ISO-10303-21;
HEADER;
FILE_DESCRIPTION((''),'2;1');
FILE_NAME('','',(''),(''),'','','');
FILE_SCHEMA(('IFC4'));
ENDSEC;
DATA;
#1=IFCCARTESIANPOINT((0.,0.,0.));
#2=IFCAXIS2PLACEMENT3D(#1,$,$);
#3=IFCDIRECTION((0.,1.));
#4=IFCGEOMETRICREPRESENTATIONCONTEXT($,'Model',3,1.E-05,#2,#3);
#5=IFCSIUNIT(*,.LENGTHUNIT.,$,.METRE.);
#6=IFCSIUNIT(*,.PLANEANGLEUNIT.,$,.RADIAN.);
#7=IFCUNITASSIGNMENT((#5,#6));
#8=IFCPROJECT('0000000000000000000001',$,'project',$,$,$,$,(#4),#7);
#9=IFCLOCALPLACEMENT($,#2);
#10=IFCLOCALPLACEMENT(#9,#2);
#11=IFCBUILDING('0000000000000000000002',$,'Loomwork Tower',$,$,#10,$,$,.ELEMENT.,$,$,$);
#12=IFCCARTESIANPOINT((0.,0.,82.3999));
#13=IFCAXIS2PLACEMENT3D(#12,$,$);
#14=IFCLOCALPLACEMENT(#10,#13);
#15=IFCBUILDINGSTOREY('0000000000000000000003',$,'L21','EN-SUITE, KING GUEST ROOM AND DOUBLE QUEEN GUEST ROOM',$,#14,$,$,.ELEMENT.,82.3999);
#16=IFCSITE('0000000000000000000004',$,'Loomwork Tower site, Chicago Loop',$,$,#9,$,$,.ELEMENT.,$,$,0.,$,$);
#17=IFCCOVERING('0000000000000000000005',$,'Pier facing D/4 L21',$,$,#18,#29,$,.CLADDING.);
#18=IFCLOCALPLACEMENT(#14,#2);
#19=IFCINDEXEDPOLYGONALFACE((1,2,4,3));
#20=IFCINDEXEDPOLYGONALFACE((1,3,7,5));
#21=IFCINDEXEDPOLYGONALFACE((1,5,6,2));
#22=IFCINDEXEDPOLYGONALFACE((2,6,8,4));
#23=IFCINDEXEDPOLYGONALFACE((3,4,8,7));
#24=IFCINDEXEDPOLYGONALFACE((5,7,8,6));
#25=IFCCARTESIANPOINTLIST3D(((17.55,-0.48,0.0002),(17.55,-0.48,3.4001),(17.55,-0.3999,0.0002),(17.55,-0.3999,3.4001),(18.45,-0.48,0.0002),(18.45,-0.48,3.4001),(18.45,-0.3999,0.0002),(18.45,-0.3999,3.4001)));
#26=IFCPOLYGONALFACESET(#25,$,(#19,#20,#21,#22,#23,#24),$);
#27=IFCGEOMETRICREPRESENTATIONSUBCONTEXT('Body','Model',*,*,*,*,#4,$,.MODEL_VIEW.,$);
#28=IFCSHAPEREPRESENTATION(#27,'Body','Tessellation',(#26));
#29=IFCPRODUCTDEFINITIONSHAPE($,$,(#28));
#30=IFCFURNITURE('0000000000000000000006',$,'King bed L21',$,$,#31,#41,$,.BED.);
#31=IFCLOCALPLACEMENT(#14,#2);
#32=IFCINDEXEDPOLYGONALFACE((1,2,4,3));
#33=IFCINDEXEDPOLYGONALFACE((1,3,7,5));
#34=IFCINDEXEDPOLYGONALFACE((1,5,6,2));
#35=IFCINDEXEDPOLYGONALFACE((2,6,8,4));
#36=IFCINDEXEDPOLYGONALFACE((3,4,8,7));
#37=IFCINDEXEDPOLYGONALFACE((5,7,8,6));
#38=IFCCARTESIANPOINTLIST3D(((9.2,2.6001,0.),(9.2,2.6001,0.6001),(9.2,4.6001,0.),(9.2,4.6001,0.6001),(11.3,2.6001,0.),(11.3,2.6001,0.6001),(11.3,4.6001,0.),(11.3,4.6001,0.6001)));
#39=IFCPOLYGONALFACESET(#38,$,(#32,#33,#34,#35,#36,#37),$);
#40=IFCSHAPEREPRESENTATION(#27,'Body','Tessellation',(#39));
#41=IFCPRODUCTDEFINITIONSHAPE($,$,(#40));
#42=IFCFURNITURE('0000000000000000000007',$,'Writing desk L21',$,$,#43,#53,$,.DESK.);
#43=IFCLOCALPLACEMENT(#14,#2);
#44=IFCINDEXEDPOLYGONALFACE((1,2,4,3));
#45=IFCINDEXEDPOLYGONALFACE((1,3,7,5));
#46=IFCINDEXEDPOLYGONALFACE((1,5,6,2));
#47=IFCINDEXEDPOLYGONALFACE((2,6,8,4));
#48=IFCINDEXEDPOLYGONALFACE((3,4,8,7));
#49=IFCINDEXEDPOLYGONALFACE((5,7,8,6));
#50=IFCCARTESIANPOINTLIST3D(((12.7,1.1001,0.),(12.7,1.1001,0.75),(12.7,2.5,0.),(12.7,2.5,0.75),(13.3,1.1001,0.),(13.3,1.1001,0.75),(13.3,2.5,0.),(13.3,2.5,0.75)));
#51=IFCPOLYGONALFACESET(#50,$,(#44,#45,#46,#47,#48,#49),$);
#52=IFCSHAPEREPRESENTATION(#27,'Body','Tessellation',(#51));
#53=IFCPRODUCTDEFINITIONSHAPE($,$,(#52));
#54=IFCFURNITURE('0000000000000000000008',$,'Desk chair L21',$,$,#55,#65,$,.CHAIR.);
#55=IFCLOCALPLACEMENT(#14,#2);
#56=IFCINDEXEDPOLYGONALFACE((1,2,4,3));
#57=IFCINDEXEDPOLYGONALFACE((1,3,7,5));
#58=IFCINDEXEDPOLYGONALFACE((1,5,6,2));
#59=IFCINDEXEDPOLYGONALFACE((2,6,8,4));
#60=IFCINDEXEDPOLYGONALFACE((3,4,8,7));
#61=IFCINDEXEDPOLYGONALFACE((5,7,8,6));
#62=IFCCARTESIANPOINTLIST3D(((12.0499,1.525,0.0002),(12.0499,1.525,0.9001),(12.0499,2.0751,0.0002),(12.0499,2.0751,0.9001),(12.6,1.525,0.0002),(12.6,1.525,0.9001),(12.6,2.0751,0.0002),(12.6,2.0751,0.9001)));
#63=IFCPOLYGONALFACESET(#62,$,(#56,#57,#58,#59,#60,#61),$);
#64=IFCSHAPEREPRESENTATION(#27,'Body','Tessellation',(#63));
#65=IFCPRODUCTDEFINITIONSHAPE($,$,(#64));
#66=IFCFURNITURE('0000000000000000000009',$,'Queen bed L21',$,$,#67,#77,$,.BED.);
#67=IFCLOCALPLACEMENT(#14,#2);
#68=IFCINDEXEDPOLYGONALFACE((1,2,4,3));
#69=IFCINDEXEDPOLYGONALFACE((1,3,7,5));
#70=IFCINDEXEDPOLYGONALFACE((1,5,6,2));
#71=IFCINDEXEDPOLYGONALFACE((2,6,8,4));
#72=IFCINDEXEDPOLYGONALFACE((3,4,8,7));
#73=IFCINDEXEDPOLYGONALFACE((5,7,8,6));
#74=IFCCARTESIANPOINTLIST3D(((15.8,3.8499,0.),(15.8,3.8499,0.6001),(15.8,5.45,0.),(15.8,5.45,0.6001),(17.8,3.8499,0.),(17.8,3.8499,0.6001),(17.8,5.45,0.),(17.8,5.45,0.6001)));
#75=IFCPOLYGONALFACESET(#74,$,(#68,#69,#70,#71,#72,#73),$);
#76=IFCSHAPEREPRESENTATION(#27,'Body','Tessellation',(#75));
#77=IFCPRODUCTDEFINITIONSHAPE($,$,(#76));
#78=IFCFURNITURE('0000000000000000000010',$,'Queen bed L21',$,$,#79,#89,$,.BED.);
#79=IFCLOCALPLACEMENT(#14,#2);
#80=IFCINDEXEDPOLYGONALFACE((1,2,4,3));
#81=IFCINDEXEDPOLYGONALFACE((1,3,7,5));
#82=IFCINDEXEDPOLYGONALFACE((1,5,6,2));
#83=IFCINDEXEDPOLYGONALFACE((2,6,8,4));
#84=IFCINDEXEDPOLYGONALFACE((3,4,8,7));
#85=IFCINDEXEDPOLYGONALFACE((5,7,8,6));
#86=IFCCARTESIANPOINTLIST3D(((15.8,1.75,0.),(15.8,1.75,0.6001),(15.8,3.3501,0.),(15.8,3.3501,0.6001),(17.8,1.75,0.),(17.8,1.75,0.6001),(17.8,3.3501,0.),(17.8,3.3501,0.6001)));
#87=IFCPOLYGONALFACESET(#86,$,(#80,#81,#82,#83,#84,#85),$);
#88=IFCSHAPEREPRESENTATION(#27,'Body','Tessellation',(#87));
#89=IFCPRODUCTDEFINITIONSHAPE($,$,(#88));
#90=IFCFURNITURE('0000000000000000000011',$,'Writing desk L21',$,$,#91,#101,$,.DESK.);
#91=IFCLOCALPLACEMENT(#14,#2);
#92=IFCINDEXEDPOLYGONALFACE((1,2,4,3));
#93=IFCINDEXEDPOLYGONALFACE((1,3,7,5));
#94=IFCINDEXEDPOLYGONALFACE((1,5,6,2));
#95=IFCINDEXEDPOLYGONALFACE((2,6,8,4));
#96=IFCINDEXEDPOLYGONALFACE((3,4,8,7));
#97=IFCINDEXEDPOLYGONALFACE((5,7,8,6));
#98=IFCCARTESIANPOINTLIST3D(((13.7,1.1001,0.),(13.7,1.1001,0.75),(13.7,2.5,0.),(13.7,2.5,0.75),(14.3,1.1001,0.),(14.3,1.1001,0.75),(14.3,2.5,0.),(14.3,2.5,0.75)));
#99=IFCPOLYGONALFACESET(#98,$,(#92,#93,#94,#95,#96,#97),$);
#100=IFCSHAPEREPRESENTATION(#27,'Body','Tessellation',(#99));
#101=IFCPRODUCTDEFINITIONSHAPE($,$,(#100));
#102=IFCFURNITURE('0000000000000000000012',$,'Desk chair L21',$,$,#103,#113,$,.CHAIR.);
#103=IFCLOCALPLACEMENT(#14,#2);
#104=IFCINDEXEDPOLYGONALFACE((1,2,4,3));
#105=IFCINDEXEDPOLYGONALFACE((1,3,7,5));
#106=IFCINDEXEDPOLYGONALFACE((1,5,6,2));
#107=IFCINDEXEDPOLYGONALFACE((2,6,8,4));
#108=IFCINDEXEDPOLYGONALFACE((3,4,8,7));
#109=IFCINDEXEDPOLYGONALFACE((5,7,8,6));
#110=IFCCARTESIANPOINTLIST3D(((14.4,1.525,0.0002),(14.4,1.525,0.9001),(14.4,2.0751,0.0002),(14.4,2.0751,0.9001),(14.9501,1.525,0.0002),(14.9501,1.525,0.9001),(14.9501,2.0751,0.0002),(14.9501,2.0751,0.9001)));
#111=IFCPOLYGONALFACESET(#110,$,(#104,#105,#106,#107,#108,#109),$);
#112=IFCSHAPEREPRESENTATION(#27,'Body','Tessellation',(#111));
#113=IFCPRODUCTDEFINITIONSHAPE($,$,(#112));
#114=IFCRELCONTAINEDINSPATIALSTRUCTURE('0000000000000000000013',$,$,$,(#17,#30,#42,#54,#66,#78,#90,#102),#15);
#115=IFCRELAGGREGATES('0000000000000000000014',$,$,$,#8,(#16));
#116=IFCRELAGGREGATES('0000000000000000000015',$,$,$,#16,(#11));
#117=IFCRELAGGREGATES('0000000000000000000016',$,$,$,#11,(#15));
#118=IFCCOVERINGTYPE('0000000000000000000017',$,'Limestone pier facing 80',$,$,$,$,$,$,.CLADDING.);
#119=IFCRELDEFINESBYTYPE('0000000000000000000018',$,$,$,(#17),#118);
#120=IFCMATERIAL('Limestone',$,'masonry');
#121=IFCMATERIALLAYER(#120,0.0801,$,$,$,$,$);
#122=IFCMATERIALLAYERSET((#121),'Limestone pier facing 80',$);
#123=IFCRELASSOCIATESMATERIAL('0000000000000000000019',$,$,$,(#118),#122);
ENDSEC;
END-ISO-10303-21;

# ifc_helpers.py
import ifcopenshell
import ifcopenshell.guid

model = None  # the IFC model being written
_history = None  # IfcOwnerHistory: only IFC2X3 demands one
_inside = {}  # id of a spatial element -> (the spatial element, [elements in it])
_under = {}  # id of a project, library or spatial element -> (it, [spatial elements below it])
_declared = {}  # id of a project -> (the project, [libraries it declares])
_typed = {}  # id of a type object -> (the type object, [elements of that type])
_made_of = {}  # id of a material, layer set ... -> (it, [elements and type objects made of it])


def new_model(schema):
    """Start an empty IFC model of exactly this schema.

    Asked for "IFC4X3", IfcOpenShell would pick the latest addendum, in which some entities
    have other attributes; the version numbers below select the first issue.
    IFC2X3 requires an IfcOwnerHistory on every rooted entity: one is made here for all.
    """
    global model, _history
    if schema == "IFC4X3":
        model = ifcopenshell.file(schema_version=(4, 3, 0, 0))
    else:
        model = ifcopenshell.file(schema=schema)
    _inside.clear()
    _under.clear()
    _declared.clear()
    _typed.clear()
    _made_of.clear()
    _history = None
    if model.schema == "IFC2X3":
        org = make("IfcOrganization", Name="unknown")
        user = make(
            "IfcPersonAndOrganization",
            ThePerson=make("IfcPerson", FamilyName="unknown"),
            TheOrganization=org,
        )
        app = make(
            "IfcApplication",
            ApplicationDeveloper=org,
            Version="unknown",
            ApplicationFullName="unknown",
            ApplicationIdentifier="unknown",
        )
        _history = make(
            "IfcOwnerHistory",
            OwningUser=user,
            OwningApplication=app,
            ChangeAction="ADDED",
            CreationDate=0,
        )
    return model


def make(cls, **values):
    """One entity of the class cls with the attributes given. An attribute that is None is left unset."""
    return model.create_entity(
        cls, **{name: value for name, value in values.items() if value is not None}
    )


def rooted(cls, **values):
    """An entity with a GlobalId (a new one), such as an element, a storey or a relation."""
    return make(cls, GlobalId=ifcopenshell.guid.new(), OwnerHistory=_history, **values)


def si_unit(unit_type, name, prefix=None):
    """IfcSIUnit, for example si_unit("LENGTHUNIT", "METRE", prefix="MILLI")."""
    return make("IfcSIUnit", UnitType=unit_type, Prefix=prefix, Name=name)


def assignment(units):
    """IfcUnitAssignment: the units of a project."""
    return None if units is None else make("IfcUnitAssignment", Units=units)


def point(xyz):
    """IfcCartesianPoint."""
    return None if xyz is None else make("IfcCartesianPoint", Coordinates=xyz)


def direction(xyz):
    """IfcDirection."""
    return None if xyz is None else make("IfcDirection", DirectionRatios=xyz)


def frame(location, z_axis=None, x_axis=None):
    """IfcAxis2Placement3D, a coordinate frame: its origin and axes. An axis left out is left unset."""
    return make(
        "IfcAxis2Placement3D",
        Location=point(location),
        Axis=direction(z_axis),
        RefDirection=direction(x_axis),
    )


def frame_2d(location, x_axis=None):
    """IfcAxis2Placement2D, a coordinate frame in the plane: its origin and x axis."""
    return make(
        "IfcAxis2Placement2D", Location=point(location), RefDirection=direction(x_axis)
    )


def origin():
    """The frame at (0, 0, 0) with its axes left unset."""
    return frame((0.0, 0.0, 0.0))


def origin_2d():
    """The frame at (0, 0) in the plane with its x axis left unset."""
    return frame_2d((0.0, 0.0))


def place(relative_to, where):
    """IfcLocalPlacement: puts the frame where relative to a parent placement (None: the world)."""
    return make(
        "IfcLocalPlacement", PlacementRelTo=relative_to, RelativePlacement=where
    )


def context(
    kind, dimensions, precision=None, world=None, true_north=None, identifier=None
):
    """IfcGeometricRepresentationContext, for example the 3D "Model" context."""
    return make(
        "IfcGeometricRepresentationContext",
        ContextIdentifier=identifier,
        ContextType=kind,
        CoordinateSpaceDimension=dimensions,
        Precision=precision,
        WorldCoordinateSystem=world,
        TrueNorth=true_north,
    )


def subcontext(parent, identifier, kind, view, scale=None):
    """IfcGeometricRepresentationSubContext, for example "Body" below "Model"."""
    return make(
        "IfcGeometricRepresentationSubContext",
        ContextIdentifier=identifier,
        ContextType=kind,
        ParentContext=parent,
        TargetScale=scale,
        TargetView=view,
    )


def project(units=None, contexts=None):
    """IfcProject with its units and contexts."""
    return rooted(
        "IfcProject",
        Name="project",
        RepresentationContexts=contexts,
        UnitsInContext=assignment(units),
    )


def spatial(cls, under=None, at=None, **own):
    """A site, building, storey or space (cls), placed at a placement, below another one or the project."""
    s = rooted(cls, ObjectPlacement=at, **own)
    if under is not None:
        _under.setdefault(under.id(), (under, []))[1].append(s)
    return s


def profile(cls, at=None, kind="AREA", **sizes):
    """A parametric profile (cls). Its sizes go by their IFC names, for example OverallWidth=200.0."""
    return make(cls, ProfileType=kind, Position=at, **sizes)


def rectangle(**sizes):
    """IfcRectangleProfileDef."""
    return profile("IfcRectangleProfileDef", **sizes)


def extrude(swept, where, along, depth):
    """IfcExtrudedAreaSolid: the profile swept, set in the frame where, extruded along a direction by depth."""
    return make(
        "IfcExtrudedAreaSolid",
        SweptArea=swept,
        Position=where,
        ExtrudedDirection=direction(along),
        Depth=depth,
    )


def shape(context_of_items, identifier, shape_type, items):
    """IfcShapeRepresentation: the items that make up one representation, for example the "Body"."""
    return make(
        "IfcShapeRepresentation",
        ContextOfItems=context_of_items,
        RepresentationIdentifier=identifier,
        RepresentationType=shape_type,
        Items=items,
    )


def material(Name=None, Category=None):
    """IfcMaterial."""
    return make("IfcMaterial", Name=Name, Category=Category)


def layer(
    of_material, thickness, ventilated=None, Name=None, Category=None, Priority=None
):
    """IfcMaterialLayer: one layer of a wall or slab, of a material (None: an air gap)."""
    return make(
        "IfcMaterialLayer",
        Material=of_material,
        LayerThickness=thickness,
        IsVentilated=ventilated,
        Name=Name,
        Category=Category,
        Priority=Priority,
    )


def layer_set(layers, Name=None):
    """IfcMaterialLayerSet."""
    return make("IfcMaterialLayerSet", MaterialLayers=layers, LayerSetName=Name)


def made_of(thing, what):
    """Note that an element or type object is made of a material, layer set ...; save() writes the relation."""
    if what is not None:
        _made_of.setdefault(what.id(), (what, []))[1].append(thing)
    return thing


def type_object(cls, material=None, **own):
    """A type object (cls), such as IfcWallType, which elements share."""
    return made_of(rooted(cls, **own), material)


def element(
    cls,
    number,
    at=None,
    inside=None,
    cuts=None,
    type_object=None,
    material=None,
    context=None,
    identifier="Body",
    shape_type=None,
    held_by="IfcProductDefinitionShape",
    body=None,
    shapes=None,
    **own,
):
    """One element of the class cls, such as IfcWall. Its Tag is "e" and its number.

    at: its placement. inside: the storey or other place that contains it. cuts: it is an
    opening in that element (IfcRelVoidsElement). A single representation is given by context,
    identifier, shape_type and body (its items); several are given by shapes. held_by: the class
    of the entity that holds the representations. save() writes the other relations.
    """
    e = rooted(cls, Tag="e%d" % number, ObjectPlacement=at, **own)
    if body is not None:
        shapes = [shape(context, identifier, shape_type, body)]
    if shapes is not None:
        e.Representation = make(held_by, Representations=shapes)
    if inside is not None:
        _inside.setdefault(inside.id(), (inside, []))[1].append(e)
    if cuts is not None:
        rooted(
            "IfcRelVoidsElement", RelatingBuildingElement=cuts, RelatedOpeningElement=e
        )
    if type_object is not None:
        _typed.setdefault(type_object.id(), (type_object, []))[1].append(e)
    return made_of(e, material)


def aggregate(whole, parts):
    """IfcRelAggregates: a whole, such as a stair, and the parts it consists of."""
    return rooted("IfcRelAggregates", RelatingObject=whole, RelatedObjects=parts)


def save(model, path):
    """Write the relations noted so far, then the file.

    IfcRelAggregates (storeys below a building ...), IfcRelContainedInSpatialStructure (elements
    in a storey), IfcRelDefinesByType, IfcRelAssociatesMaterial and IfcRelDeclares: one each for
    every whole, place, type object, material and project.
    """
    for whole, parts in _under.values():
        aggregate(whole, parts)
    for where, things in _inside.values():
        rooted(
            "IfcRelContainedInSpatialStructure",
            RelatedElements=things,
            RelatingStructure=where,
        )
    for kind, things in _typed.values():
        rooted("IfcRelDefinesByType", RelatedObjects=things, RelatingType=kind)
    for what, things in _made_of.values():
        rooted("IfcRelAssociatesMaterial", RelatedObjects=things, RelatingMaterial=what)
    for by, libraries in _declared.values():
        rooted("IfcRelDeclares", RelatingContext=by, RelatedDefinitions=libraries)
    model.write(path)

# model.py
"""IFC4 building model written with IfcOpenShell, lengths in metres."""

from ifc_helpers import new_model, si_unit, direction, frame, origin, origin_2d, place, context, subcontext, project, spatial, rectangle, extrude, material, layer, layer_set, type_object, element, save


model = new_model("IFC4")

# Units and contexts
model_context = context("Model", 3, precision=1e-05, world=origin(), true_north=direction((0.0, 1.0)))
body_context = subcontext(model_context, "Body", "Model", "MODEL_VIEW")
ifc_project = project(units=[si_unit("LENGTHUNIT", "METRE"), si_unit("PLANEANGLEUNIT", "RADIAN")], contexts=[model_context])

# Site, building, storey
site_placement = place(None, origin())
site = spatial("IfcSite", under=ifc_project, at=site_placement, Name="Loomwork Tower site, Chicago Loop", CompositionType="ELEMENT", RefElevation=0.0)
building_placement = place(site_placement, origin())
building = spatial("IfcBuilding", under=site, at=building_placement, Name="Loomwork Tower", CompositionType="ELEMENT")
storey_placement = place(building_placement, frame((0.0, 0.0, 82.3999)))
storey = spatial("IfcBuildingStorey", under=building, at=storey_placement, Name="L21", Description="EN-SUITE, KING GUEST ROOM AND DOUBLE QUEEN GUEST ROOM", CompositionType="ELEMENT", Elevation=82.3999)

# Covering
ifc_material_1 = material(Name="Limestone", Category="masonry")
ifc_layer_1 = layer(ifc_material_1, 0.0801)
ifc_layer_set_1 = layer_set([ifc_layer_1], Name="Limestone pier facing 80")
covering_type = type_object("IfcCoveringType", Name="Limestone pier facing 80", PredefinedType="CLADDING", material=ifc_layer_set_1)
covering_placement = place(storey_placement, frame((18.0, -0.4399, 0.0002), z_axis=(0.0, 0.0, 1.0), x_axis=(1.0, 0.0, 0.0)))
element("IfcCovering", 1, at=covering_placement, inside=storey, type_object=covering_type, Name="Pier facing D/4 L21", PredefinedType="CLADDING", context=body_context, shape_type="SweptSolid", body=[
    extrude(rectangle(XDim=0.8999, YDim=0.0801, at=origin_2d()), origin(), (0.0, 0.0, 1.0), 3.3999),
])

# Furniture
furniture_1_placement = place(storey_placement, frame((10.25, 3.6001, 0.0), z_axis=(0.0, 0.0, 1.0), x_axis=(1.0, 0.0, 0.0)))
element("IfcFurniture", 2, at=furniture_1_placement, inside=storey, Name="King bed L21", PredefinedType="BED", context=body_context, shape_type="SweptSolid", body=[
    extrude(rectangle(XDim=2.1001, YDim=2.0, at=origin_2d()), origin(), (0.0, 0.0, 1.0), 0.6001),
])
furniture_2_placement = place(storey_placement, frame((13.0, 1.8, 0.0), z_axis=(0.0, 0.0, 1.0), x_axis=(1.0, 0.0, 0.0)))
element("IfcFurniture", 3, at=furniture_2_placement, inside=storey, Name="Writing desk L21", PredefinedType="DESK", context=body_context, shape_type="SweptSolid", body=[
    extrude(rectangle(XDim=0.6001, YDim=1.3999, at=origin_2d()), origin(), (0.0, 0.0, 1.0), 0.75),
])
furniture_3_placement = place(storey_placement, frame((12.325, 1.8, 0.0002), z_axis=(0.0, 0.0, 1.0), x_axis=(1.0, 0.0, 0.0)))
element("IfcFurniture", 4, at=furniture_3_placement, inside=storey, Name="Desk chair L21", PredefinedType="CHAIR", context=body_context, shape_type="SweptSolid", body=[
    extrude(rectangle(XDim=0.55, YDim=0.55, at=origin_2d()), origin(), (0.0, 0.0, 1.0), 0.8999),
])
for number, where, z_axis, x_axis, name in (
    (5, (16.8, 4.6499, 0.0), (0.0, 0.0, 1.0), (1.0, 0.0, 0.0), "Queen bed L21"),
    (6, (16.8, 2.55, 0.0), (0.0, 0.0, 1.0), (1.0, 0.0, 0.0), "Queen bed L21"),
):
    element("IfcFurniture", number, at=place(storey_placement, frame(where, z_axis=z_axis, x_axis=x_axis)), inside=storey, Name=name, PredefinedType="BED", context=body_context, shape_type="SweptSolid", body=[
        extrude(rectangle(XDim=2.0, YDim=1.6001, at=origin_2d()), origin(), (0.0, 0.0, 1.0), 0.6001),
    ])
furniture_4_placement = place(storey_placement, frame((14.0, 1.8, 0.0), z_axis=(0.0, 0.0, 1.0), x_axis=(1.0, 0.0, 0.0)))
element("IfcFurniture", 7, at=furniture_4_placement, inside=storey, Name="Writing desk L21", PredefinedType="DESK", context=body_context, shape_type="SweptSolid", body=[
    extrude(rectangle(XDim=0.6001, YDim=1.3999, at=origin_2d()), origin(), (0.0, 0.0, 1.0), 0.75),
])
furniture_5_placement = place(storey_placement, frame((14.675, 1.8, 0.0002), z_axis=(0.0, 0.0, 1.0), x_axis=(1.0, 0.0, 0.0)))
element("IfcFurniture", 8, at=furniture_5_placement, inside=storey, Name="Desk chair L21", PredefinedType="CHAIR", context=body_context, shape_type="SweptSolid", body=[
    extrude(rectangle(XDim=0.55, YDim=0.55, at=origin_2d()), origin(), (0.0, 0.0, 1.0), 0.8999),
])

save(model, "model.ifc")
